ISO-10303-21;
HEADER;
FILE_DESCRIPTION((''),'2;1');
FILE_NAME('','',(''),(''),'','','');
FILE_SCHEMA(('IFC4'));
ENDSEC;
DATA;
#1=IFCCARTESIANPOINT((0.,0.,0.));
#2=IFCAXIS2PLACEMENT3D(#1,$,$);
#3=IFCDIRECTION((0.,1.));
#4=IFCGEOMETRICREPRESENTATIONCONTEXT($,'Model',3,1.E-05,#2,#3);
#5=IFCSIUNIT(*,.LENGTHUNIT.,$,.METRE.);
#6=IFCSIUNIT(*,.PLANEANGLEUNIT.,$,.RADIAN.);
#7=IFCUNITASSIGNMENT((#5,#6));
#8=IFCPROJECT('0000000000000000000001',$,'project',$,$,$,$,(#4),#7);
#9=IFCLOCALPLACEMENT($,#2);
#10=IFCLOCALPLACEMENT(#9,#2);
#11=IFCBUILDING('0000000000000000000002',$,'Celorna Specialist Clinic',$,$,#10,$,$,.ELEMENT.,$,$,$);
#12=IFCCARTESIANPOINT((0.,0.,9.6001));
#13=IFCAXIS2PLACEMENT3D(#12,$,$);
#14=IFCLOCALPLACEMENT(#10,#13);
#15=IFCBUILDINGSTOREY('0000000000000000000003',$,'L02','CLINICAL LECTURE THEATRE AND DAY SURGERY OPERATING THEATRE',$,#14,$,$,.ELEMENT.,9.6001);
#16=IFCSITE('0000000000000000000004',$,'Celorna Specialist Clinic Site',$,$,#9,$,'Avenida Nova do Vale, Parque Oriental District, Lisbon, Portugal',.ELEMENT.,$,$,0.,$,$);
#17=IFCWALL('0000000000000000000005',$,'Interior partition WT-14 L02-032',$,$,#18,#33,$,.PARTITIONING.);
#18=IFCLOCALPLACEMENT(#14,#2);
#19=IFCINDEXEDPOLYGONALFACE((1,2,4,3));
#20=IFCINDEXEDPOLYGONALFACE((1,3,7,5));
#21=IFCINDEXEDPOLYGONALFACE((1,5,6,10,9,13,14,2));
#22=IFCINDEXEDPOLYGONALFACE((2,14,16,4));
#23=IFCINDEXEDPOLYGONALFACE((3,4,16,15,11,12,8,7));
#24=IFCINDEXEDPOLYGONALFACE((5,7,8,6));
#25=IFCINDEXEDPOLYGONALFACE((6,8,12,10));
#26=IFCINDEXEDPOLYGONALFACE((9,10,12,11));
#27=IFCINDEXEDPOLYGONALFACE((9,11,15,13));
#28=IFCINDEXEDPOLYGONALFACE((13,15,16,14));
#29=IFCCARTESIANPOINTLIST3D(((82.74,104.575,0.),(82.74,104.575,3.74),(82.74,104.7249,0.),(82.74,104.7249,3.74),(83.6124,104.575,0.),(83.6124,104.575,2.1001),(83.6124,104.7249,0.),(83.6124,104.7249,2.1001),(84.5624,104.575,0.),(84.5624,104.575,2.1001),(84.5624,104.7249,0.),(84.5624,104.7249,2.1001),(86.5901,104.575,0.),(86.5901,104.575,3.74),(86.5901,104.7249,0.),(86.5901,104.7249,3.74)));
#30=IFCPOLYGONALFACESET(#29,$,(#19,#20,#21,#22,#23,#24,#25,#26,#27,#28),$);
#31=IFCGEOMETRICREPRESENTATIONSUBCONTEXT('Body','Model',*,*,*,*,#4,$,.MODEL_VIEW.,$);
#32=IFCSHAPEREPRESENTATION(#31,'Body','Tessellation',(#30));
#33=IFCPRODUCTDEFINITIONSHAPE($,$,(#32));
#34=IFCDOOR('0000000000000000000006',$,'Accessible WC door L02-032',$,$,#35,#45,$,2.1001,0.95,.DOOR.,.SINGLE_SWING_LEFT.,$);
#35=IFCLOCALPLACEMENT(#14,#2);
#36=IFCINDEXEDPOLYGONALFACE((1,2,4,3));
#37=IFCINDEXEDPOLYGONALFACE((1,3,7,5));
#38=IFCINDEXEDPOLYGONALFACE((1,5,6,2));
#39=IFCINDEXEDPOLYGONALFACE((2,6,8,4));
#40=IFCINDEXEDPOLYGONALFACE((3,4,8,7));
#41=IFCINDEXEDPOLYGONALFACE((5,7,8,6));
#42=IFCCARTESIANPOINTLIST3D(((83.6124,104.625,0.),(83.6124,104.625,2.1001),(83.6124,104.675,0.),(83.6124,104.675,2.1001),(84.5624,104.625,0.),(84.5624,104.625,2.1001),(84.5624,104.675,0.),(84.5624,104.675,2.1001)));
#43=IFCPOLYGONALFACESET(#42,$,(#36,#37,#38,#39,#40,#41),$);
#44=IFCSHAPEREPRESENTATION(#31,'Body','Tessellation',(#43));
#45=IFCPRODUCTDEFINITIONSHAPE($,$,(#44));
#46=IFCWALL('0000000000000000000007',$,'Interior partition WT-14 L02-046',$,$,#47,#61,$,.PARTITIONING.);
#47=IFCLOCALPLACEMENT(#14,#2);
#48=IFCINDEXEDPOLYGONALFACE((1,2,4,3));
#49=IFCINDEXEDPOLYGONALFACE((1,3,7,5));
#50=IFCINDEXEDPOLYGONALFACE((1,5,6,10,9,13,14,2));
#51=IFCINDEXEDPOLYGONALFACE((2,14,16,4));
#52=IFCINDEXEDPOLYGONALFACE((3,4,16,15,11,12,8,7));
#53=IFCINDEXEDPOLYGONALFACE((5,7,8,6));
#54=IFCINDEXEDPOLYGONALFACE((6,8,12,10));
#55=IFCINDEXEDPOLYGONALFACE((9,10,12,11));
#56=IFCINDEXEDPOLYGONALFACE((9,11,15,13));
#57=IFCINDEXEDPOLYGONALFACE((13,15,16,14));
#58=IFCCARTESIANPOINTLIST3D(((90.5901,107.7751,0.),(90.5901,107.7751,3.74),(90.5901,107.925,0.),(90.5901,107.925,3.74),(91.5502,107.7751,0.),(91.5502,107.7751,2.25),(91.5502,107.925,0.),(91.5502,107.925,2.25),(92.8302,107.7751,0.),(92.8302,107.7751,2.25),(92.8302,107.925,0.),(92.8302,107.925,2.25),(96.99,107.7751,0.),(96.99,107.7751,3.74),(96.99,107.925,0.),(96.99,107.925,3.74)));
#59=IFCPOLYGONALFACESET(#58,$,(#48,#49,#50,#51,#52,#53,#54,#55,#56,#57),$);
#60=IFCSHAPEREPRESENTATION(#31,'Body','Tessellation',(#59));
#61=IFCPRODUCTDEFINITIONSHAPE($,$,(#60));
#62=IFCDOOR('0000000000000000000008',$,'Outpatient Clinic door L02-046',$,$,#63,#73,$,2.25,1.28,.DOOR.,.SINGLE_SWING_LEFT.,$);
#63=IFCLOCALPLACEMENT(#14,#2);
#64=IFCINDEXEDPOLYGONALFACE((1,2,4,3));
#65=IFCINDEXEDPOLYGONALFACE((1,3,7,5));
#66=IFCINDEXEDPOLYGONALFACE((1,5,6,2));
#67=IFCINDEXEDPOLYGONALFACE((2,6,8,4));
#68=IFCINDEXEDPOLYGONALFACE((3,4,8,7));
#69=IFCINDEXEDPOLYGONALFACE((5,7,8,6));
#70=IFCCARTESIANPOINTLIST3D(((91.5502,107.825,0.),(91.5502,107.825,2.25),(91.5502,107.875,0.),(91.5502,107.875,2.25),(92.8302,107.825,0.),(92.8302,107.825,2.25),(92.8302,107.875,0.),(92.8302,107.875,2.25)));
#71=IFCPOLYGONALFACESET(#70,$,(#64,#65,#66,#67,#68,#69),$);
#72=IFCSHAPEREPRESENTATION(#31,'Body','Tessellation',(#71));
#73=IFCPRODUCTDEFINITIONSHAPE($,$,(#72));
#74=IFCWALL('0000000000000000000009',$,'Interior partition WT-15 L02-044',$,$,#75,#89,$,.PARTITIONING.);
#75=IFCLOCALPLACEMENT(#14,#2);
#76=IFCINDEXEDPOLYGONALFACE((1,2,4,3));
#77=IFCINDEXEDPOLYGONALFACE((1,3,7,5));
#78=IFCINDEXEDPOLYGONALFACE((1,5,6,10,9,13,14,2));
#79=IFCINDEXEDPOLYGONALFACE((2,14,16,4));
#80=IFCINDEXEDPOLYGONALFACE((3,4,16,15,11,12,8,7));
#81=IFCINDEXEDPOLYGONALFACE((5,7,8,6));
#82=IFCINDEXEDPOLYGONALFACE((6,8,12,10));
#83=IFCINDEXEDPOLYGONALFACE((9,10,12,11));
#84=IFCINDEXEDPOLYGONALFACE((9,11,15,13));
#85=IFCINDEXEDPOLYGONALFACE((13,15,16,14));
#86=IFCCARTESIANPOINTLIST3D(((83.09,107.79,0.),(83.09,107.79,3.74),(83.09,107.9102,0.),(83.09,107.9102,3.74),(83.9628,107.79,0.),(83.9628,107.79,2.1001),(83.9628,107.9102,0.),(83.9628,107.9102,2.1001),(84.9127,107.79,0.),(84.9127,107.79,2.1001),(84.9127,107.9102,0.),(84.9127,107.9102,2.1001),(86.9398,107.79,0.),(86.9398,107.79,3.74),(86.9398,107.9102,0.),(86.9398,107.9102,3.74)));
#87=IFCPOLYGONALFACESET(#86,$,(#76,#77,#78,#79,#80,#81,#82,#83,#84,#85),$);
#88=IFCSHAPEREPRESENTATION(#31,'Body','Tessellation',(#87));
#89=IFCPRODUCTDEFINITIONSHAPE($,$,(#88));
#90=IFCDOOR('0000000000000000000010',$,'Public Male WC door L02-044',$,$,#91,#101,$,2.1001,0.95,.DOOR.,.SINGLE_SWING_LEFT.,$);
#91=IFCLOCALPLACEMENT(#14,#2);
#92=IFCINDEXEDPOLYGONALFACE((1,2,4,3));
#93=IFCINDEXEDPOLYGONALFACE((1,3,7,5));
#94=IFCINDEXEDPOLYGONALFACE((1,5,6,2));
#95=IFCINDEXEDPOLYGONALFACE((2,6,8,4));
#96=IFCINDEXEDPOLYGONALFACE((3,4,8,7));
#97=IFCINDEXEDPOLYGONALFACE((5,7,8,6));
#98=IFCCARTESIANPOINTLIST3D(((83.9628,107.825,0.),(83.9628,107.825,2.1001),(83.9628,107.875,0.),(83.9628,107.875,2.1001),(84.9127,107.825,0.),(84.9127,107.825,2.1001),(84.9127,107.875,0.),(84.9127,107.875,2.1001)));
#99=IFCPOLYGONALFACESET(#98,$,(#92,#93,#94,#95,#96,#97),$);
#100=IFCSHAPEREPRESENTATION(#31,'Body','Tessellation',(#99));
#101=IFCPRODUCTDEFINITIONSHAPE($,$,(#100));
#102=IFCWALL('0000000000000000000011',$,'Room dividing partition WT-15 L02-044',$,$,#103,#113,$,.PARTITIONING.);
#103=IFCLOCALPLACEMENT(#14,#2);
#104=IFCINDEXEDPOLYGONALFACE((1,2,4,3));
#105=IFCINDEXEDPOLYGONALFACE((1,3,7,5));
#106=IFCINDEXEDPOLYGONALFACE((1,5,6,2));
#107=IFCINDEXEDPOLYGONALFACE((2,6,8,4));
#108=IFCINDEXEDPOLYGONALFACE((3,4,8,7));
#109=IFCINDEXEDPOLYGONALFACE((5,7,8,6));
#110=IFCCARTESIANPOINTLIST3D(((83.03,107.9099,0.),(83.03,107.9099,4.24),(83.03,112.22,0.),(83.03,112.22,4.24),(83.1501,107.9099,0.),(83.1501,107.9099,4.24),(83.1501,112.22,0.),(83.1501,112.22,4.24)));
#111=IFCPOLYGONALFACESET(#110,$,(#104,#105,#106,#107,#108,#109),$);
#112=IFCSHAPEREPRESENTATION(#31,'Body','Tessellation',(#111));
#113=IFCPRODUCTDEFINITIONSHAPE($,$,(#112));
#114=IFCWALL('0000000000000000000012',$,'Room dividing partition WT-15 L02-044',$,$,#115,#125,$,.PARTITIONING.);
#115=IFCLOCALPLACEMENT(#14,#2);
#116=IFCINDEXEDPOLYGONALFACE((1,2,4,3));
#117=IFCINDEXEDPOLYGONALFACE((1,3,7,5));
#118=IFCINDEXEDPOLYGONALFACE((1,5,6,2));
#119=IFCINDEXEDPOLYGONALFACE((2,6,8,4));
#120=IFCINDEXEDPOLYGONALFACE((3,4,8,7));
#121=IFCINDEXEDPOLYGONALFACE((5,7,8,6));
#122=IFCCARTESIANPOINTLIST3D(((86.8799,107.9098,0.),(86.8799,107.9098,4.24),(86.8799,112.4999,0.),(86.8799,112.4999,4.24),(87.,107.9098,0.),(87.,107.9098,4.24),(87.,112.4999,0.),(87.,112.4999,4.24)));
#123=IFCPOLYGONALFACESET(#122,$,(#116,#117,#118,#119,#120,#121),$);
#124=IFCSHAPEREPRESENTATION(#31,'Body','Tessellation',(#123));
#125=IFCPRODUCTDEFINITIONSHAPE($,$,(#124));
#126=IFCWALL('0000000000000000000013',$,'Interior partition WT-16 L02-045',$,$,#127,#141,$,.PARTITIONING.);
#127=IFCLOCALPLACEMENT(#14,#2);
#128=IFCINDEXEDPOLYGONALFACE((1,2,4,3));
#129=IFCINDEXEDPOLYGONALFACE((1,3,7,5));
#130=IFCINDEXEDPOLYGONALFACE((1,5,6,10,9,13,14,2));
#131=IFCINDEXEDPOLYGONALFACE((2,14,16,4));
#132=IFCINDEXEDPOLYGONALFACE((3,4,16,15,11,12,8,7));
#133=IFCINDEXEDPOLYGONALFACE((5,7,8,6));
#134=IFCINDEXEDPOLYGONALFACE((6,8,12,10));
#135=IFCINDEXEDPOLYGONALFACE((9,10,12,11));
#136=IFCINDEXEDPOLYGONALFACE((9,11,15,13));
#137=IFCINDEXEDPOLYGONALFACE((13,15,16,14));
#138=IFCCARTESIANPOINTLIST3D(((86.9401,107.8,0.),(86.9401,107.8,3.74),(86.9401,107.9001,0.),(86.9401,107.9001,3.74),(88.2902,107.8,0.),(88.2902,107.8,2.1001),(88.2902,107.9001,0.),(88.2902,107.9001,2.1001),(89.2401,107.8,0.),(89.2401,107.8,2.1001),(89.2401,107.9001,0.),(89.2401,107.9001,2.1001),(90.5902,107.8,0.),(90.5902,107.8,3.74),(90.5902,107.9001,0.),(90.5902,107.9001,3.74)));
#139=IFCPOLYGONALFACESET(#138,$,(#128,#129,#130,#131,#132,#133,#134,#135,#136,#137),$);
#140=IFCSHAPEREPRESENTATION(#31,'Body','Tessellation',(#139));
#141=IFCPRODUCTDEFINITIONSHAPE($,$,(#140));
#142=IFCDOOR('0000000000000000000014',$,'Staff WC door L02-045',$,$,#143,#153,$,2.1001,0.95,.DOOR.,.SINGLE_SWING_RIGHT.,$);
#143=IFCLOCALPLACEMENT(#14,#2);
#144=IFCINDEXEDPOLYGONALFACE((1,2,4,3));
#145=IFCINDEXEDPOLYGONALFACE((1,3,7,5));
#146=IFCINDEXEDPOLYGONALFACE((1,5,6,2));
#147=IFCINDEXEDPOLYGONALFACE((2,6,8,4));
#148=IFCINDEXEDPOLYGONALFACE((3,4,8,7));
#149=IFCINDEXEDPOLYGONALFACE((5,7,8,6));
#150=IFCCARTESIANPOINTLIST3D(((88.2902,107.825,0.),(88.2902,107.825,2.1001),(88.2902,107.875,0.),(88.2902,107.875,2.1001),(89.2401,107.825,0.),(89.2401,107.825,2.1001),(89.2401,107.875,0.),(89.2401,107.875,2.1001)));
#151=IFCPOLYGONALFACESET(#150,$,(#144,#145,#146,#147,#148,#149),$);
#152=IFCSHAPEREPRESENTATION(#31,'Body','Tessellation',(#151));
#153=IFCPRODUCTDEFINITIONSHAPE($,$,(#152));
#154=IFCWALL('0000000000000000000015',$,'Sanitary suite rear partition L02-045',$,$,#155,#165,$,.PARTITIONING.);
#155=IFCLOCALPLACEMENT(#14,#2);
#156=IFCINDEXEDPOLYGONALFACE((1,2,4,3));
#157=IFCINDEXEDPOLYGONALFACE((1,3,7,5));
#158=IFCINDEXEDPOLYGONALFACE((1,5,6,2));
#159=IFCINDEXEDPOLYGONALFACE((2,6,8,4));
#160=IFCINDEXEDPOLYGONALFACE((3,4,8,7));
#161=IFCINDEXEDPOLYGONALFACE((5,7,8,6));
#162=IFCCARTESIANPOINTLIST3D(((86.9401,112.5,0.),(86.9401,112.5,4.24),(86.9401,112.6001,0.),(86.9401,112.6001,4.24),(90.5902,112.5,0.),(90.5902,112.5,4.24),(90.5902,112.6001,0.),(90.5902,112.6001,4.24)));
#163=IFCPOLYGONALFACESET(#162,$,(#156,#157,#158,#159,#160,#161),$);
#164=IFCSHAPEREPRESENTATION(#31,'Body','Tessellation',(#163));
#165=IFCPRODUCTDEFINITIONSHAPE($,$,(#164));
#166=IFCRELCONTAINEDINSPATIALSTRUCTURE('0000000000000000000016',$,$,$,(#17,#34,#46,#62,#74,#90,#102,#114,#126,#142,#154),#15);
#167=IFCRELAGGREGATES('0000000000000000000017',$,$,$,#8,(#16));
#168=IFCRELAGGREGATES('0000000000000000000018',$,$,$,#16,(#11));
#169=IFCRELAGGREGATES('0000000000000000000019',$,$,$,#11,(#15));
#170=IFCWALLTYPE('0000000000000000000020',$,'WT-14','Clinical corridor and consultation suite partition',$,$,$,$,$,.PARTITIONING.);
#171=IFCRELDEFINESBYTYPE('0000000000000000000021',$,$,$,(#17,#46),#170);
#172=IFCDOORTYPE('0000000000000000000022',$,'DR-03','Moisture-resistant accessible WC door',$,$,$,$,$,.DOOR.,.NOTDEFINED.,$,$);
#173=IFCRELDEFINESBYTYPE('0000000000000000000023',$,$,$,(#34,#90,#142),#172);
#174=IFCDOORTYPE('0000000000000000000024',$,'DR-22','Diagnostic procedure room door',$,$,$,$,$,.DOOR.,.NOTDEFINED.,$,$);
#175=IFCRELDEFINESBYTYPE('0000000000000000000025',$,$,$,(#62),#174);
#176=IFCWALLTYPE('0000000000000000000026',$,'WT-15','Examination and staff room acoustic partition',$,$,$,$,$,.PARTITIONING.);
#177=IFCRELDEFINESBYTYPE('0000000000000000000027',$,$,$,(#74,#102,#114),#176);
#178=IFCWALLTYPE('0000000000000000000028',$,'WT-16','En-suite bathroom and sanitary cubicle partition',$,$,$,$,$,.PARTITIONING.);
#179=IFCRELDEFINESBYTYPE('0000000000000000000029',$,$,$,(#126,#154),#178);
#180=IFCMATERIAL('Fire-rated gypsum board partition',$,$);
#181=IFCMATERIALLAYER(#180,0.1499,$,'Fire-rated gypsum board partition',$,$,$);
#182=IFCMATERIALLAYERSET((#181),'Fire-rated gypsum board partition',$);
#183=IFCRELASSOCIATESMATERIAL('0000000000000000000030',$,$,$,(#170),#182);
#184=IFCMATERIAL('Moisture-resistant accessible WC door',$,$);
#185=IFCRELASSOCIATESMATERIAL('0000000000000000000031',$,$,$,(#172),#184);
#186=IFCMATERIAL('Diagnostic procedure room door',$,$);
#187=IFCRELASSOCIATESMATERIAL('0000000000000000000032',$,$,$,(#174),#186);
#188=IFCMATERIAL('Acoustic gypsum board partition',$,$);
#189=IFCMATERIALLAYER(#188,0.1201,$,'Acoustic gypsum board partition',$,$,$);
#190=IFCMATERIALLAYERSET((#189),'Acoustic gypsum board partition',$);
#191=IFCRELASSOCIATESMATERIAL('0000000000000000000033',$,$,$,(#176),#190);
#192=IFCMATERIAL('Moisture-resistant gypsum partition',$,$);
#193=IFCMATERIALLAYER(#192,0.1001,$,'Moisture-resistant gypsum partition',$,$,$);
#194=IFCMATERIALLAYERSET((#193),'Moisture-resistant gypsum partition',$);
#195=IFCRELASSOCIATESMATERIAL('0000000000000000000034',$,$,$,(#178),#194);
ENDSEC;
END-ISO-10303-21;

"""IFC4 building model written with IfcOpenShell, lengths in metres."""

from ifc_helpers import new_model, si_unit, direction, frame, frame_2d, origin, place, context, subcontext, project, spatial, rectangle, extrude, material, layer, layer_set, type_object, element, fill, save


model = new_model("IFC4")

# Units and contexts
model_context = context("Model", 3, precision=1e-05, world=origin(), true_north=direction((0.0, 1.0)))
body_context = subcontext(model_context, "Body", "Model", "MODEL_VIEW")
ifc_project = project(units=[si_unit("LENGTHUNIT", "METRE"), si_unit("PLANEANGLEUNIT", "RADIAN")], contexts=[model_context])

# Site, building, storey
site_placement = place(None, origin())
site = spatial("IfcSite", under=ifc_project, at=site_placement, Name="Celorna Specialist Clinic Site", LongName="Avenida Nova do Vale, Parque Oriental District, Lisbon, Portugal", CompositionType="ELEMENT", RefElevation=0.0)
building_placement = place(site_placement, origin())
building = spatial("IfcBuilding", under=site, at=building_placement, Name="Celorna Specialist Clinic", CompositionType="ELEMENT")
storey_placement = place(building_placement, frame((0.0, 0.0, 9.6001)))
storey = spatial("IfcBuildingStorey", under=building, at=storey_placement, Name="L02", Description="CLINICAL LECTURE THEATRE AND DAY SURGERY OPERATING THEATRE", CompositionType="ELEMENT", Elevation=9.6001)

# Shared definitions
ifc_material_1 = material(Name="Fire-rated gypsum board partition")
ifc_layer_1 = layer(ifc_material_1, 0.1499, Name="Fire-rated gypsum board partition")
ifc_layer_set_1 = layer_set([ifc_layer_1], Name="Fire-rated gypsum board partition")
wall_type_1 = type_object("IfcWallType", Name="WT-14", Description="Clinical corridor and consultation suite partition", PredefinedType="PARTITIONING", material=ifc_layer_set_1)

# Walls, openings, doors
wall_1_placement = place(storey_placement, frame((86.5901, 104.6499, 0.0), z_axis=(0.0, 0.0, 1.0), x_axis=(-1.0, 0.0, 0.0)))
wall_1 = element("IfcWall", 1, at=wall_1_placement, inside=storey, type_object=wall_type_1, Name="Interior partition WT-14 L02-032", PredefinedType="PARTITIONING", context=body_context, shape_type="SweptSolid", body=[
    extrude(rectangle(XDim=3.8501, YDim=0.1499, at=frame_2d((1.925, 0.0))), origin(), (0.0, 0.0, 1.0), 3.74),
])
opening_1_placement = place(wall_1_placement, frame((2.0276, 0.0, 0.0)))
opening_1 = element("IfcOpeningElement", 2, at=opening_1_placement, cuts=wall_1, PredefinedType="OPENING", context=body_context, shape_type="SweptSolid", body=[
    extrude(rectangle(XDim=0.95, YDim=2.1001, at=frame_2d((0.4751, 1.05))), frame((0.0, 0.085, 0.0), z_axis=(0.0, -1.0, 0.0), x_axis=(1.0, 0.0, 0.0)), (0.0, 0.0, 1.0), 0.1699),
])
ifc_material_2 = material(Name="Moisture-resistant accessible WC door")
door_type_1 = type_object("IfcDoorType", Name="DR-03", Description="Moisture-resistant accessible WC door", OperationType="NOTDEFINED", PredefinedType="DOOR", material=ifc_material_2)
door_1_placement = place(opening_1_placement, origin())
door_1 = element("IfcDoor", 3, at=door_1_placement, inside=storey, type_object=door_type_1, Name="Accessible WC door L02-032", OperationType="SINGLE_SWING_LEFT", OverallHeight=2.1001, OverallWidth=0.95, PredefinedType="DOOR", context=body_context, shape_type="SweptSolid", body=[
    extrude(rectangle(XDim=0.95, YDim=2.1001, at=frame_2d((0.4751, 1.05))), frame((0.0, 0.0249, 0.0), z_axis=(0.0, -1.0, 0.0), x_axis=(1.0, 0.0, 0.0)), (0.0, 0.0, 1.0), 0.05),
])
fill(opening_1, door_1)
wall_2_placement = place(storey_placement, frame((90.5901, 107.8501, 0.0), z_axis=(0.0, 0.0, 1.0), x_axis=(1.0, 0.0, 0.0)))
wall_2 = element("IfcWall", 4, at=wall_2_placement, inside=storey, type_object=wall_type_1, Name="Interior partition WT-14 L02-046", PredefinedType="PARTITIONING", context=body_context, shape_type="SweptSolid", body=[
    extrude(rectangle(XDim=6.3999, YDim=0.1499, at=frame_2d((3.2, 0.0))), origin(), (0.0, 0.0, 1.0), 3.74),
])
opening_2_placement = place(wall_2_placement, frame((0.96, 0.0, 0.0)))
opening_2 = element("IfcOpeningElement", 5, at=opening_2_placement, cuts=wall_2, PredefinedType="OPENING", context=body_context, shape_type="SweptSolid", body=[
    extrude(rectangle(XDim=1.28, YDim=2.25, at=frame_2d((0.6401, 1.125))), frame((0.0, 0.085, 0.0), z_axis=(0.0, -1.0, 0.0), x_axis=(1.0, 0.0, 0.0)), (0.0, 0.0, 1.0), 0.1699),
])
ifc_material_3 = material(Name="Diagnostic procedure room door")
door_type_2 = type_object("IfcDoorType", Name="DR-22", Description="Diagnostic procedure room door", OperationType="NOTDEFINED", PredefinedType="DOOR", material=ifc_material_3)
door_2_placement = place(opening_2_placement, origin())
door_2 = element("IfcDoor", 6, at=door_2_placement, inside=storey, type_object=door_type_2, Name="Outpatient Clinic door L02-046", OperationType="SINGLE_SWING_LEFT", OverallHeight=2.25, OverallWidth=1.28, PredefinedType="DOOR", context=body_context, shape_type="SweptSolid", body=[
    extrude(rectangle(XDim=1.28, YDim=2.25, at=frame_2d((0.6401, 1.125))), frame((0.0, 0.0249, 0.0), z_axis=(0.0, -1.0, 0.0), x_axis=(1.0, 0.0, 0.0)), (0.0, 0.0, 1.0), 0.05),
])
fill(opening_2, door_2)
ifc_material_4 = material(Name="Acoustic gypsum board partition")
ifc_layer_2 = layer(ifc_material_4, 0.1201, Name="Acoustic gypsum board partition")
ifc_layer_set_2 = layer_set([ifc_layer_2], Name="Acoustic gypsum board partition")
wall_type_2 = type_object("IfcWallType", Name="WT-15", Description="Examination and staff room acoustic partition", PredefinedType="PARTITIONING", material=ifc_layer_set_2)
wall_3_placement = place(storey_placement, frame((83.0901, 107.8501, 0.0), z_axis=(0.0, 0.0, 1.0), x_axis=(1.0, 0.0, 0.0)))
wall_3 = element("IfcWall", 7, at=wall_3_placement, inside=storey, type_object=wall_type_2, Name="Interior partition WT-15 L02-044", PredefinedType="PARTITIONING", context=body_context, shape_type="SweptSolid", body=[
    extrude(rectangle(XDim=3.8499, YDim=0.1201, at=frame_2d((1.9248, 0.0))), origin(), (0.0, 0.0, 1.0), 3.74),
])
opening_3_placement = place(wall_3_placement, frame((0.8726, 0.0, 0.0)))
opening_3 = element("IfcOpeningElement", 8, at=opening_3_placement, cuts=wall_3, PredefinedType="OPENING", context=body_context, shape_type="SweptSolid", body=[
    extrude(rectangle(XDim=0.95, YDim=2.1001, at=frame_2d((0.4751, 1.05))), frame((0.0, 0.0701, 0.0), z_axis=(0.0, -1.0, 0.0), x_axis=(1.0, 0.0, 0.0)), (0.0, 0.0, 1.0), 0.1401),
])
door_3_placement = place(opening_3_placement, origin())
door_3 = element("IfcDoor", 9, at=door_3_placement, inside=storey, type_object=door_type_1, Name="Public Male WC door L02-044", OperationType="SINGLE_SWING_LEFT", OverallHeight=2.1001, OverallWidth=0.95, PredefinedType="DOOR", context=body_context, shape_type="SweptSolid", body=[
    extrude(rectangle(XDim=0.95, YDim=2.1001, at=frame_2d((0.4751, 1.05))), frame((0.0, 0.0249, 0.0), z_axis=(0.0, -1.0, 0.0), x_axis=(1.0, 0.0, 0.0)), (0.0, 0.0, 1.0), 0.05),
])
fill(opening_3, door_3)

# Walls
wall_4_placement = place(storey_placement, frame((83.0901, 107.9099, 0.0), z_axis=(0.0, 0.0, 1.0), x_axis=(0.0, 1.0, 0.0)))
element("IfcWall", 10, at=wall_4_placement, inside=storey, type_object=wall_type_2, Name="Room dividing partition WT-15 L02-044", PredefinedType="PARTITIONING", context=body_context, shape_type="SweptSolid", body=[
    extrude(rectangle(XDim=4.3101, YDim=0.1201, at=frame_2d((2.155, 0.0))), origin(), (0.0, 0.0, 1.0), 4.24),
])
wall_5_placement = place(storey_placement, frame((86.9399, 107.9099, 0.0), z_axis=(0.0, 0.0, 1.0), x_axis=(0.0, 1.0, 0.0)))
element("IfcWall", 11, at=wall_5_placement, inside=storey, type_object=wall_type_2, Name="Room dividing partition WT-15 L02-044", PredefinedType="PARTITIONING", context=body_context, shape_type="SweptSolid", body=[
    extrude(rectangle(XDim=4.5901, YDim=0.1201, at=frame_2d((2.2949, 0.0))), origin(), (0.0, 0.0, 1.0), 4.24),
])

# Wall, opening, door
ifc_material_5 = material(Name="Moisture-resistant gypsum partition")
ifc_layer_3 = layer(ifc_material_5, 0.1001, Name="Moisture-resistant gypsum partition")
ifc_layer_set_3 = layer_set([ifc_layer_3], Name="Moisture-resistant gypsum partition")
wall_type_3 = type_object("IfcWallType", Name="WT-16", Description="En-suite bathroom and sanitary cubicle partition", PredefinedType="PARTITIONING", material=ifc_layer_set_3)
wall_6_placement = place(storey_placement, frame((86.9399, 107.8501, 0.0), z_axis=(0.0, 0.0, 1.0), x_axis=(1.0, 0.0, 0.0)))
wall_6 = element("IfcWall", 12, at=wall_6_placement, inside=storey, type_object=wall_type_3, Name="Interior partition WT-16 L02-045", PredefinedType="PARTITIONING", context=body_context, shape_type="SweptSolid", body=[
    extrude(rectangle(XDim=3.6501, YDim=0.1001, at=frame_2d((1.8252, 0.0))), origin(), (0.0, 0.0, 1.0), 3.74),
])
opening_4_placement = place(wall_6_placement, frame((1.3501, 0.0, 0.0)))
opening_4 = element("IfcOpeningElement", 13, at=opening_4_placement, cuts=wall_6, PredefinedType="OPENING", context=body_context, shape_type="SweptSolid", body=[
    extrude(rectangle(XDim=0.95, YDim=2.1001, at=frame_2d((0.4751, 1.05))), frame((0.0, 0.0601, 0.0), z_axis=(0.0, -1.0, 0.0), x_axis=(1.0, 0.0, 0.0)), (0.0, 0.0, 1.0), 0.1201),
])
door_4_placement = place(opening_4_placement, origin())
door_4 = element("IfcDoor", 14, at=door_4_placement, inside=storey, type_object=door_type_1, Name="Staff WC door L02-045", OperationType="SINGLE_SWING_RIGHT", OverallHeight=2.1001, OverallWidth=0.95, PredefinedType="DOOR", context=body_context, shape_type="SweptSolid", body=[
    extrude(rectangle(XDim=0.95, YDim=2.1001, at=frame_2d((0.4751, 1.05))), frame((0.0, 0.0249, 0.0), z_axis=(0.0, -1.0, 0.0), x_axis=(1.0, 0.0, 0.0)), (0.0, 0.0, 1.0), 0.05),
])
fill(opening_4, door_4)

# Wall
wall_7_placement = place(storey_placement, frame((86.9399, 112.55, 0.0), z_axis=(0.0, 0.0, 1.0), x_axis=(1.0, 0.0, 0.0)))
element("IfcWall", 15, at=wall_7_placement, inside=storey, type_object=wall_type_3, Name="Sanitary suite rear partition L02-045", PredefinedType="PARTITIONING", context=body_context, shape_type="SweptSolid", body=[
    extrude(rectangle(XDim=3.6501, YDim=0.1001, at=frame_2d((1.8252, 0.0))), origin(), (0.0, 0.0, 1.0), 4.24),
])

save(model, "model.ifc")
